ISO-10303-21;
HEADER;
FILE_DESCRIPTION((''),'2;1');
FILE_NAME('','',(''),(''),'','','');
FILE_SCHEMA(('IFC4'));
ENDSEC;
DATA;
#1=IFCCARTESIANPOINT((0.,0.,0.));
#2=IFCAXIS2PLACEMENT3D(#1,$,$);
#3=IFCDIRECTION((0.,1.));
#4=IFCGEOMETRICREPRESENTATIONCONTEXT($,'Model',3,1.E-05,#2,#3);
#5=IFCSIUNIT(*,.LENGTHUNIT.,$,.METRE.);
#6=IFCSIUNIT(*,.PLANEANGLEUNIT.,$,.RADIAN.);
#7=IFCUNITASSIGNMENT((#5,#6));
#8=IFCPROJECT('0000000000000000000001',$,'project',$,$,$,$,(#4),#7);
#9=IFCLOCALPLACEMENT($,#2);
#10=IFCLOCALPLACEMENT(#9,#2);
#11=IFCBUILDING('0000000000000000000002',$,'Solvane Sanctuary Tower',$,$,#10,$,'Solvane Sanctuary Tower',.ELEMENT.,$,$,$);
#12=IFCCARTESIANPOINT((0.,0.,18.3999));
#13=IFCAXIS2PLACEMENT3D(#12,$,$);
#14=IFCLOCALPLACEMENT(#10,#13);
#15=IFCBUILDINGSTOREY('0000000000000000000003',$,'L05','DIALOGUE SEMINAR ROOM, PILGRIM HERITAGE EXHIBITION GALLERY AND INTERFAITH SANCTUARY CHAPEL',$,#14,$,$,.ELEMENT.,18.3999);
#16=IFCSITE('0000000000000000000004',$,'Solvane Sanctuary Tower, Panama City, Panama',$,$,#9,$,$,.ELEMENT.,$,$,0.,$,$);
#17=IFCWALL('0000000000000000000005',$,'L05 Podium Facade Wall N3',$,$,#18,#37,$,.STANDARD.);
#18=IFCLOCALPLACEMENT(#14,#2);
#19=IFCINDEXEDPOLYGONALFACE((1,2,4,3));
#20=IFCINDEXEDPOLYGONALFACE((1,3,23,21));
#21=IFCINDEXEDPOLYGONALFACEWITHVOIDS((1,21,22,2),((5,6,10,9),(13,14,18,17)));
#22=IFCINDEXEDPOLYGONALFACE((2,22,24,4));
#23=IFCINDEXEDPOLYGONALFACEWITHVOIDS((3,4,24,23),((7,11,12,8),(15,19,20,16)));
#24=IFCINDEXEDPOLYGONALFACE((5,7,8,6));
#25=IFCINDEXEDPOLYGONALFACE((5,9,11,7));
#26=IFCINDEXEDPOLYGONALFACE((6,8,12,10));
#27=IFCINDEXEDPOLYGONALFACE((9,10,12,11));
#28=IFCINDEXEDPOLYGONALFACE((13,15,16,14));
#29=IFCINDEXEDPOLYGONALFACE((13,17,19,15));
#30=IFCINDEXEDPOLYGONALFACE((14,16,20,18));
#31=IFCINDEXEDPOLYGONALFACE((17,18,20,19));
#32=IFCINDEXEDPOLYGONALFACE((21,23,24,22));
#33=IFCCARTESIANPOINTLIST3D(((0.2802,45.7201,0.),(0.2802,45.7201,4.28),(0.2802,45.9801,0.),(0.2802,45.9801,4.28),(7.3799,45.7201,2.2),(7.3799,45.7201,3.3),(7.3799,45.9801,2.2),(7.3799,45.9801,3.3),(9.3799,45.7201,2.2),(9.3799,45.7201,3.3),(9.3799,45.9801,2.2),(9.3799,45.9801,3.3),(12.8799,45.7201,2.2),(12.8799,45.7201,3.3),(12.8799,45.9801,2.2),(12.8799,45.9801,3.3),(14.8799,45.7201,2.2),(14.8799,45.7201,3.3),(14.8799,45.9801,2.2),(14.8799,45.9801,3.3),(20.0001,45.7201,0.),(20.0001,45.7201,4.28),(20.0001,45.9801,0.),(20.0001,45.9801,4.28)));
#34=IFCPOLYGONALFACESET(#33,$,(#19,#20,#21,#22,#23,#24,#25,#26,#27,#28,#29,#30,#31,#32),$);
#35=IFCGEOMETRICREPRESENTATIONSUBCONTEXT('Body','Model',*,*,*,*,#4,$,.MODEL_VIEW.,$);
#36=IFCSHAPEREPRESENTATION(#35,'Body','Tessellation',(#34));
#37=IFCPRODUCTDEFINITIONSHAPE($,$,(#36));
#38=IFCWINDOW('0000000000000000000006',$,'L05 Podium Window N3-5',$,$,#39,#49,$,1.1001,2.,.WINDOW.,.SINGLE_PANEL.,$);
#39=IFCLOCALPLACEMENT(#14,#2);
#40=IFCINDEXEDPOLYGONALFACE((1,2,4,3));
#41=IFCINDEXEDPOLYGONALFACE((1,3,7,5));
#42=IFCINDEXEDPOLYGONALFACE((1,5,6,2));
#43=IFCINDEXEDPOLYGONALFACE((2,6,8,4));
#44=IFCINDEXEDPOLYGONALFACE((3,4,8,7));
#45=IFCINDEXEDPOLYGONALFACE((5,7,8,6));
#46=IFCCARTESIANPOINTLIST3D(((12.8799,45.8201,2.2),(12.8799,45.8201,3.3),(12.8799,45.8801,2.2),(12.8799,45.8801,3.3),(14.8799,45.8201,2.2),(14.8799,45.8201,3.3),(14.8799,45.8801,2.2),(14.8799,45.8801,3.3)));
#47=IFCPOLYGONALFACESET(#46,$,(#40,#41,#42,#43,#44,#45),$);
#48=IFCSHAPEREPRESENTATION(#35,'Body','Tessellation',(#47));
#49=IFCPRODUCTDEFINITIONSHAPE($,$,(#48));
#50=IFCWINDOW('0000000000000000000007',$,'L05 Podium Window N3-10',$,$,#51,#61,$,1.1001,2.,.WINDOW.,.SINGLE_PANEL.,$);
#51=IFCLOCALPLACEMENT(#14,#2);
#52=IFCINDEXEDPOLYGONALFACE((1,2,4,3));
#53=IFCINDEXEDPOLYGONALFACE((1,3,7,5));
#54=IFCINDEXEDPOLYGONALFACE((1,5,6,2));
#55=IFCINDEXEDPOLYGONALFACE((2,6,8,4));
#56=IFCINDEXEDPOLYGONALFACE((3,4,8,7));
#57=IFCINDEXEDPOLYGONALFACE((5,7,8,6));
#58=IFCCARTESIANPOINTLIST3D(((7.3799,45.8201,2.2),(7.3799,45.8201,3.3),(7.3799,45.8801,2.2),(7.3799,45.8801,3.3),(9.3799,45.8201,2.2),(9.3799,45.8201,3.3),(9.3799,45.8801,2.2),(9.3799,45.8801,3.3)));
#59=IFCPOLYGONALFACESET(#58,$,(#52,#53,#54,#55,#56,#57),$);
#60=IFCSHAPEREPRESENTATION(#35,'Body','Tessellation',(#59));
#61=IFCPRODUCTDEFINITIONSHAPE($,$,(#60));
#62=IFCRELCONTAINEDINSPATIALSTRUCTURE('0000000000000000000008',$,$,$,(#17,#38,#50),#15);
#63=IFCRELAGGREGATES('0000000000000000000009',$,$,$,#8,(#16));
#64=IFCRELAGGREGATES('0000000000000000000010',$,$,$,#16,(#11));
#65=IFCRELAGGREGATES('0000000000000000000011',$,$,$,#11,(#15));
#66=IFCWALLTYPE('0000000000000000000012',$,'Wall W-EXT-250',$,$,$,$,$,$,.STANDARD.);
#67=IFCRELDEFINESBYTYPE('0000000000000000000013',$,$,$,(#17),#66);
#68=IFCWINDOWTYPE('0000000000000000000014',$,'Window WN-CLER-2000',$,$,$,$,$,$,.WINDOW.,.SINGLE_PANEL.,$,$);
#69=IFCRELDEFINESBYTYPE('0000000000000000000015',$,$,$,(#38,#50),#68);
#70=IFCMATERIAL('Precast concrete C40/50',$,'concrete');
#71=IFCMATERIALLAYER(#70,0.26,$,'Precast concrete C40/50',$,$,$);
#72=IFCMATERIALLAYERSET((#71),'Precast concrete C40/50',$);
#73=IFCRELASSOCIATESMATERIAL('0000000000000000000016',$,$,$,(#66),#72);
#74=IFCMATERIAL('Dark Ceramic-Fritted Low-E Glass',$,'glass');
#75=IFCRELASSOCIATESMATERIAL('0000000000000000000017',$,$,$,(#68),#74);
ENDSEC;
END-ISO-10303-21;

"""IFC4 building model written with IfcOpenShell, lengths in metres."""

from ifc_helpers import new_model, si_unit, direction, frame, frame_2d, origin, place, context, subcontext, project, spatial, rectangle, extrude, material, layer, layer_set, type_object, element, fill, save


model = new_model("IFC4")

# Units and contexts
model_context = context("Model", 3, precision=1e-05, world=origin(), true_north=direction((0.0, 1.0)))
body_context = subcontext(model_context, "Body", "Model", "MODEL_VIEW")
ifc_project = project(units=[si_unit("LENGTHUNIT", "METRE"), si_unit("PLANEANGLEUNIT", "RADIAN")], contexts=[model_context])

# Site, building, storey
site_placement = place(None, origin())
site = spatial("IfcSite", under=ifc_project, at=site_placement, Name="Solvane Sanctuary Tower, Panama City, Panama", CompositionType="ELEMENT", RefElevation=0.0)
building_placement = place(site_placement, origin())
building = spatial("IfcBuilding", under=site, at=building_placement, Name="Solvane Sanctuary Tower", LongName="Solvane Sanctuary Tower", CompositionType="ELEMENT")
storey_placement = place(building_placement, frame((0.0, 0.0, 18.3999)))
storey = spatial("IfcBuildingStorey", under=building, at=storey_placement, Name="L05", Description="DIALOGUE SEMINAR ROOM, PILGRIM HERITAGE EXHIBITION GALLERY AND INTERFAITH SANCTUARY CHAPEL", CompositionType="ELEMENT", Elevation=18.3999)

# Shared definitions
ifc_material_1 = material(Name="Dark Ceramic-Fritted Low-E Glass", Category="glass")

# Wall, openings, windows
ifc_material_2 = material(Name="Precast concrete C40/50", Category="concrete")
ifc_layer_1 = layer(ifc_material_2, 0.26, Name="Precast concrete C40/50")
ifc_layer_set_1 = layer_set([ifc_layer_1], Name="Precast concrete C40/50")
wall_type_1 = type_object("IfcWallType", Name="Wall W-EXT-250", PredefinedType="STANDARD", material=ifc_layer_set_1)
wall_1_placement = place(storey_placement, frame((20.0, 45.8501, 0.0), z_axis=(0.0, 0.0, 1.0), x_axis=(-1.0, 0.0, 0.0)))
wall_1 = element("IfcWall", 1, at=wall_1_placement, inside=storey, type_object=wall_type_1, Name="L05 Podium Facade Wall N3", PredefinedType="STANDARD", context=body_context, shape_type="SweptSolid", body=[
    extrude(rectangle(XDim=19.72, YDim=0.26, at=frame_2d((9.8599, 0.0))), origin(), (0.0, 0.0, 1.0), 4.28),
])
opening_1_placement = place(wall_1_placement, frame((5.1201, 0.0, 2.2)))
opening_1 = element("IfcOpeningElement", 2, at=opening_1_placement, cuts=wall_1, PredefinedType="OPENING", context=body_context, shape_type="SweptSolid", body=[
    extrude(rectangle(XDim=2.0, YDim=1.1001, at=frame_2d((1.0, 0.55))), frame((0.0, 0.1399, 0.0), z_axis=(0.0, -1.0, 0.0), x_axis=(1.0, 0.0, 0.0)), (0.0, 0.0, 1.0), 0.28),
])
opening_2_placement = place(wall_1_placement, frame((10.6201, 0.0, 2.2)))
opening_2 = element("IfcOpeningElement", 3, at=opening_2_placement, cuts=wall_1, PredefinedType="OPENING", context=body_context, shape_type="SweptSolid", body=[
    extrude(rectangle(XDim=2.0, YDim=1.1001, at=frame_2d((1.0, 0.55))), frame((0.0, 0.1399, 0.0), z_axis=(0.0, -1.0, 0.0), x_axis=(1.0, 0.0, 0.0)), (0.0, 0.0, 1.0), 0.28),
])
window_type = type_object("IfcWindowType", Name="Window WN-CLER-2000", PartitioningType="SINGLE_PANEL", PredefinedType="WINDOW", material=ifc_material_1)
window_1_placement = place(opening_1_placement, origin())
window_1 = element("IfcWindow", 4, at=window_1_placement, inside=storey, type_object=window_type, Name="L05 Podium Window N3-5", OverallHeight=1.1001, OverallWidth=2.0, PartitioningType="SINGLE_PANEL", PredefinedType="WINDOW", context=body_context, shape_type="SweptSolid", body=[
    extrude(rectangle(XDim=2.0, YDim=1.1001, at=frame_2d((1.0, 0.55))), frame((0.0, 0.03, 0.0), z_axis=(0.0, -1.0, 0.0), x_axis=(1.0, 0.0, 0.0)), (0.0, 0.0, 1.0), 0.0601),
])
fill(opening_1, window_1)
window_2_placement = place(opening_2_placement, origin())
window_2 = element("IfcWindow", 5, at=window_2_placement, inside=storey, type_object=window_type, Name="L05 Podium Window N3-10", OverallHeight=1.1001, OverallWidth=2.0, PartitioningType="SINGLE_PANEL", PredefinedType="WINDOW", context=body_context, shape_type="SweptSolid", body=[
    extrude(rectangle(XDim=2.0, YDim=1.1001, at=frame_2d((1.0, 0.55))), frame((0.0, 0.03, 0.0), z_axis=(0.0, -1.0, 0.0), x_axis=(1.0, 0.0, 0.0)), (0.0, 0.0, 1.0), 0.0601),
])
fill(opening_2, window_2)

save(model, "model.ifc")
